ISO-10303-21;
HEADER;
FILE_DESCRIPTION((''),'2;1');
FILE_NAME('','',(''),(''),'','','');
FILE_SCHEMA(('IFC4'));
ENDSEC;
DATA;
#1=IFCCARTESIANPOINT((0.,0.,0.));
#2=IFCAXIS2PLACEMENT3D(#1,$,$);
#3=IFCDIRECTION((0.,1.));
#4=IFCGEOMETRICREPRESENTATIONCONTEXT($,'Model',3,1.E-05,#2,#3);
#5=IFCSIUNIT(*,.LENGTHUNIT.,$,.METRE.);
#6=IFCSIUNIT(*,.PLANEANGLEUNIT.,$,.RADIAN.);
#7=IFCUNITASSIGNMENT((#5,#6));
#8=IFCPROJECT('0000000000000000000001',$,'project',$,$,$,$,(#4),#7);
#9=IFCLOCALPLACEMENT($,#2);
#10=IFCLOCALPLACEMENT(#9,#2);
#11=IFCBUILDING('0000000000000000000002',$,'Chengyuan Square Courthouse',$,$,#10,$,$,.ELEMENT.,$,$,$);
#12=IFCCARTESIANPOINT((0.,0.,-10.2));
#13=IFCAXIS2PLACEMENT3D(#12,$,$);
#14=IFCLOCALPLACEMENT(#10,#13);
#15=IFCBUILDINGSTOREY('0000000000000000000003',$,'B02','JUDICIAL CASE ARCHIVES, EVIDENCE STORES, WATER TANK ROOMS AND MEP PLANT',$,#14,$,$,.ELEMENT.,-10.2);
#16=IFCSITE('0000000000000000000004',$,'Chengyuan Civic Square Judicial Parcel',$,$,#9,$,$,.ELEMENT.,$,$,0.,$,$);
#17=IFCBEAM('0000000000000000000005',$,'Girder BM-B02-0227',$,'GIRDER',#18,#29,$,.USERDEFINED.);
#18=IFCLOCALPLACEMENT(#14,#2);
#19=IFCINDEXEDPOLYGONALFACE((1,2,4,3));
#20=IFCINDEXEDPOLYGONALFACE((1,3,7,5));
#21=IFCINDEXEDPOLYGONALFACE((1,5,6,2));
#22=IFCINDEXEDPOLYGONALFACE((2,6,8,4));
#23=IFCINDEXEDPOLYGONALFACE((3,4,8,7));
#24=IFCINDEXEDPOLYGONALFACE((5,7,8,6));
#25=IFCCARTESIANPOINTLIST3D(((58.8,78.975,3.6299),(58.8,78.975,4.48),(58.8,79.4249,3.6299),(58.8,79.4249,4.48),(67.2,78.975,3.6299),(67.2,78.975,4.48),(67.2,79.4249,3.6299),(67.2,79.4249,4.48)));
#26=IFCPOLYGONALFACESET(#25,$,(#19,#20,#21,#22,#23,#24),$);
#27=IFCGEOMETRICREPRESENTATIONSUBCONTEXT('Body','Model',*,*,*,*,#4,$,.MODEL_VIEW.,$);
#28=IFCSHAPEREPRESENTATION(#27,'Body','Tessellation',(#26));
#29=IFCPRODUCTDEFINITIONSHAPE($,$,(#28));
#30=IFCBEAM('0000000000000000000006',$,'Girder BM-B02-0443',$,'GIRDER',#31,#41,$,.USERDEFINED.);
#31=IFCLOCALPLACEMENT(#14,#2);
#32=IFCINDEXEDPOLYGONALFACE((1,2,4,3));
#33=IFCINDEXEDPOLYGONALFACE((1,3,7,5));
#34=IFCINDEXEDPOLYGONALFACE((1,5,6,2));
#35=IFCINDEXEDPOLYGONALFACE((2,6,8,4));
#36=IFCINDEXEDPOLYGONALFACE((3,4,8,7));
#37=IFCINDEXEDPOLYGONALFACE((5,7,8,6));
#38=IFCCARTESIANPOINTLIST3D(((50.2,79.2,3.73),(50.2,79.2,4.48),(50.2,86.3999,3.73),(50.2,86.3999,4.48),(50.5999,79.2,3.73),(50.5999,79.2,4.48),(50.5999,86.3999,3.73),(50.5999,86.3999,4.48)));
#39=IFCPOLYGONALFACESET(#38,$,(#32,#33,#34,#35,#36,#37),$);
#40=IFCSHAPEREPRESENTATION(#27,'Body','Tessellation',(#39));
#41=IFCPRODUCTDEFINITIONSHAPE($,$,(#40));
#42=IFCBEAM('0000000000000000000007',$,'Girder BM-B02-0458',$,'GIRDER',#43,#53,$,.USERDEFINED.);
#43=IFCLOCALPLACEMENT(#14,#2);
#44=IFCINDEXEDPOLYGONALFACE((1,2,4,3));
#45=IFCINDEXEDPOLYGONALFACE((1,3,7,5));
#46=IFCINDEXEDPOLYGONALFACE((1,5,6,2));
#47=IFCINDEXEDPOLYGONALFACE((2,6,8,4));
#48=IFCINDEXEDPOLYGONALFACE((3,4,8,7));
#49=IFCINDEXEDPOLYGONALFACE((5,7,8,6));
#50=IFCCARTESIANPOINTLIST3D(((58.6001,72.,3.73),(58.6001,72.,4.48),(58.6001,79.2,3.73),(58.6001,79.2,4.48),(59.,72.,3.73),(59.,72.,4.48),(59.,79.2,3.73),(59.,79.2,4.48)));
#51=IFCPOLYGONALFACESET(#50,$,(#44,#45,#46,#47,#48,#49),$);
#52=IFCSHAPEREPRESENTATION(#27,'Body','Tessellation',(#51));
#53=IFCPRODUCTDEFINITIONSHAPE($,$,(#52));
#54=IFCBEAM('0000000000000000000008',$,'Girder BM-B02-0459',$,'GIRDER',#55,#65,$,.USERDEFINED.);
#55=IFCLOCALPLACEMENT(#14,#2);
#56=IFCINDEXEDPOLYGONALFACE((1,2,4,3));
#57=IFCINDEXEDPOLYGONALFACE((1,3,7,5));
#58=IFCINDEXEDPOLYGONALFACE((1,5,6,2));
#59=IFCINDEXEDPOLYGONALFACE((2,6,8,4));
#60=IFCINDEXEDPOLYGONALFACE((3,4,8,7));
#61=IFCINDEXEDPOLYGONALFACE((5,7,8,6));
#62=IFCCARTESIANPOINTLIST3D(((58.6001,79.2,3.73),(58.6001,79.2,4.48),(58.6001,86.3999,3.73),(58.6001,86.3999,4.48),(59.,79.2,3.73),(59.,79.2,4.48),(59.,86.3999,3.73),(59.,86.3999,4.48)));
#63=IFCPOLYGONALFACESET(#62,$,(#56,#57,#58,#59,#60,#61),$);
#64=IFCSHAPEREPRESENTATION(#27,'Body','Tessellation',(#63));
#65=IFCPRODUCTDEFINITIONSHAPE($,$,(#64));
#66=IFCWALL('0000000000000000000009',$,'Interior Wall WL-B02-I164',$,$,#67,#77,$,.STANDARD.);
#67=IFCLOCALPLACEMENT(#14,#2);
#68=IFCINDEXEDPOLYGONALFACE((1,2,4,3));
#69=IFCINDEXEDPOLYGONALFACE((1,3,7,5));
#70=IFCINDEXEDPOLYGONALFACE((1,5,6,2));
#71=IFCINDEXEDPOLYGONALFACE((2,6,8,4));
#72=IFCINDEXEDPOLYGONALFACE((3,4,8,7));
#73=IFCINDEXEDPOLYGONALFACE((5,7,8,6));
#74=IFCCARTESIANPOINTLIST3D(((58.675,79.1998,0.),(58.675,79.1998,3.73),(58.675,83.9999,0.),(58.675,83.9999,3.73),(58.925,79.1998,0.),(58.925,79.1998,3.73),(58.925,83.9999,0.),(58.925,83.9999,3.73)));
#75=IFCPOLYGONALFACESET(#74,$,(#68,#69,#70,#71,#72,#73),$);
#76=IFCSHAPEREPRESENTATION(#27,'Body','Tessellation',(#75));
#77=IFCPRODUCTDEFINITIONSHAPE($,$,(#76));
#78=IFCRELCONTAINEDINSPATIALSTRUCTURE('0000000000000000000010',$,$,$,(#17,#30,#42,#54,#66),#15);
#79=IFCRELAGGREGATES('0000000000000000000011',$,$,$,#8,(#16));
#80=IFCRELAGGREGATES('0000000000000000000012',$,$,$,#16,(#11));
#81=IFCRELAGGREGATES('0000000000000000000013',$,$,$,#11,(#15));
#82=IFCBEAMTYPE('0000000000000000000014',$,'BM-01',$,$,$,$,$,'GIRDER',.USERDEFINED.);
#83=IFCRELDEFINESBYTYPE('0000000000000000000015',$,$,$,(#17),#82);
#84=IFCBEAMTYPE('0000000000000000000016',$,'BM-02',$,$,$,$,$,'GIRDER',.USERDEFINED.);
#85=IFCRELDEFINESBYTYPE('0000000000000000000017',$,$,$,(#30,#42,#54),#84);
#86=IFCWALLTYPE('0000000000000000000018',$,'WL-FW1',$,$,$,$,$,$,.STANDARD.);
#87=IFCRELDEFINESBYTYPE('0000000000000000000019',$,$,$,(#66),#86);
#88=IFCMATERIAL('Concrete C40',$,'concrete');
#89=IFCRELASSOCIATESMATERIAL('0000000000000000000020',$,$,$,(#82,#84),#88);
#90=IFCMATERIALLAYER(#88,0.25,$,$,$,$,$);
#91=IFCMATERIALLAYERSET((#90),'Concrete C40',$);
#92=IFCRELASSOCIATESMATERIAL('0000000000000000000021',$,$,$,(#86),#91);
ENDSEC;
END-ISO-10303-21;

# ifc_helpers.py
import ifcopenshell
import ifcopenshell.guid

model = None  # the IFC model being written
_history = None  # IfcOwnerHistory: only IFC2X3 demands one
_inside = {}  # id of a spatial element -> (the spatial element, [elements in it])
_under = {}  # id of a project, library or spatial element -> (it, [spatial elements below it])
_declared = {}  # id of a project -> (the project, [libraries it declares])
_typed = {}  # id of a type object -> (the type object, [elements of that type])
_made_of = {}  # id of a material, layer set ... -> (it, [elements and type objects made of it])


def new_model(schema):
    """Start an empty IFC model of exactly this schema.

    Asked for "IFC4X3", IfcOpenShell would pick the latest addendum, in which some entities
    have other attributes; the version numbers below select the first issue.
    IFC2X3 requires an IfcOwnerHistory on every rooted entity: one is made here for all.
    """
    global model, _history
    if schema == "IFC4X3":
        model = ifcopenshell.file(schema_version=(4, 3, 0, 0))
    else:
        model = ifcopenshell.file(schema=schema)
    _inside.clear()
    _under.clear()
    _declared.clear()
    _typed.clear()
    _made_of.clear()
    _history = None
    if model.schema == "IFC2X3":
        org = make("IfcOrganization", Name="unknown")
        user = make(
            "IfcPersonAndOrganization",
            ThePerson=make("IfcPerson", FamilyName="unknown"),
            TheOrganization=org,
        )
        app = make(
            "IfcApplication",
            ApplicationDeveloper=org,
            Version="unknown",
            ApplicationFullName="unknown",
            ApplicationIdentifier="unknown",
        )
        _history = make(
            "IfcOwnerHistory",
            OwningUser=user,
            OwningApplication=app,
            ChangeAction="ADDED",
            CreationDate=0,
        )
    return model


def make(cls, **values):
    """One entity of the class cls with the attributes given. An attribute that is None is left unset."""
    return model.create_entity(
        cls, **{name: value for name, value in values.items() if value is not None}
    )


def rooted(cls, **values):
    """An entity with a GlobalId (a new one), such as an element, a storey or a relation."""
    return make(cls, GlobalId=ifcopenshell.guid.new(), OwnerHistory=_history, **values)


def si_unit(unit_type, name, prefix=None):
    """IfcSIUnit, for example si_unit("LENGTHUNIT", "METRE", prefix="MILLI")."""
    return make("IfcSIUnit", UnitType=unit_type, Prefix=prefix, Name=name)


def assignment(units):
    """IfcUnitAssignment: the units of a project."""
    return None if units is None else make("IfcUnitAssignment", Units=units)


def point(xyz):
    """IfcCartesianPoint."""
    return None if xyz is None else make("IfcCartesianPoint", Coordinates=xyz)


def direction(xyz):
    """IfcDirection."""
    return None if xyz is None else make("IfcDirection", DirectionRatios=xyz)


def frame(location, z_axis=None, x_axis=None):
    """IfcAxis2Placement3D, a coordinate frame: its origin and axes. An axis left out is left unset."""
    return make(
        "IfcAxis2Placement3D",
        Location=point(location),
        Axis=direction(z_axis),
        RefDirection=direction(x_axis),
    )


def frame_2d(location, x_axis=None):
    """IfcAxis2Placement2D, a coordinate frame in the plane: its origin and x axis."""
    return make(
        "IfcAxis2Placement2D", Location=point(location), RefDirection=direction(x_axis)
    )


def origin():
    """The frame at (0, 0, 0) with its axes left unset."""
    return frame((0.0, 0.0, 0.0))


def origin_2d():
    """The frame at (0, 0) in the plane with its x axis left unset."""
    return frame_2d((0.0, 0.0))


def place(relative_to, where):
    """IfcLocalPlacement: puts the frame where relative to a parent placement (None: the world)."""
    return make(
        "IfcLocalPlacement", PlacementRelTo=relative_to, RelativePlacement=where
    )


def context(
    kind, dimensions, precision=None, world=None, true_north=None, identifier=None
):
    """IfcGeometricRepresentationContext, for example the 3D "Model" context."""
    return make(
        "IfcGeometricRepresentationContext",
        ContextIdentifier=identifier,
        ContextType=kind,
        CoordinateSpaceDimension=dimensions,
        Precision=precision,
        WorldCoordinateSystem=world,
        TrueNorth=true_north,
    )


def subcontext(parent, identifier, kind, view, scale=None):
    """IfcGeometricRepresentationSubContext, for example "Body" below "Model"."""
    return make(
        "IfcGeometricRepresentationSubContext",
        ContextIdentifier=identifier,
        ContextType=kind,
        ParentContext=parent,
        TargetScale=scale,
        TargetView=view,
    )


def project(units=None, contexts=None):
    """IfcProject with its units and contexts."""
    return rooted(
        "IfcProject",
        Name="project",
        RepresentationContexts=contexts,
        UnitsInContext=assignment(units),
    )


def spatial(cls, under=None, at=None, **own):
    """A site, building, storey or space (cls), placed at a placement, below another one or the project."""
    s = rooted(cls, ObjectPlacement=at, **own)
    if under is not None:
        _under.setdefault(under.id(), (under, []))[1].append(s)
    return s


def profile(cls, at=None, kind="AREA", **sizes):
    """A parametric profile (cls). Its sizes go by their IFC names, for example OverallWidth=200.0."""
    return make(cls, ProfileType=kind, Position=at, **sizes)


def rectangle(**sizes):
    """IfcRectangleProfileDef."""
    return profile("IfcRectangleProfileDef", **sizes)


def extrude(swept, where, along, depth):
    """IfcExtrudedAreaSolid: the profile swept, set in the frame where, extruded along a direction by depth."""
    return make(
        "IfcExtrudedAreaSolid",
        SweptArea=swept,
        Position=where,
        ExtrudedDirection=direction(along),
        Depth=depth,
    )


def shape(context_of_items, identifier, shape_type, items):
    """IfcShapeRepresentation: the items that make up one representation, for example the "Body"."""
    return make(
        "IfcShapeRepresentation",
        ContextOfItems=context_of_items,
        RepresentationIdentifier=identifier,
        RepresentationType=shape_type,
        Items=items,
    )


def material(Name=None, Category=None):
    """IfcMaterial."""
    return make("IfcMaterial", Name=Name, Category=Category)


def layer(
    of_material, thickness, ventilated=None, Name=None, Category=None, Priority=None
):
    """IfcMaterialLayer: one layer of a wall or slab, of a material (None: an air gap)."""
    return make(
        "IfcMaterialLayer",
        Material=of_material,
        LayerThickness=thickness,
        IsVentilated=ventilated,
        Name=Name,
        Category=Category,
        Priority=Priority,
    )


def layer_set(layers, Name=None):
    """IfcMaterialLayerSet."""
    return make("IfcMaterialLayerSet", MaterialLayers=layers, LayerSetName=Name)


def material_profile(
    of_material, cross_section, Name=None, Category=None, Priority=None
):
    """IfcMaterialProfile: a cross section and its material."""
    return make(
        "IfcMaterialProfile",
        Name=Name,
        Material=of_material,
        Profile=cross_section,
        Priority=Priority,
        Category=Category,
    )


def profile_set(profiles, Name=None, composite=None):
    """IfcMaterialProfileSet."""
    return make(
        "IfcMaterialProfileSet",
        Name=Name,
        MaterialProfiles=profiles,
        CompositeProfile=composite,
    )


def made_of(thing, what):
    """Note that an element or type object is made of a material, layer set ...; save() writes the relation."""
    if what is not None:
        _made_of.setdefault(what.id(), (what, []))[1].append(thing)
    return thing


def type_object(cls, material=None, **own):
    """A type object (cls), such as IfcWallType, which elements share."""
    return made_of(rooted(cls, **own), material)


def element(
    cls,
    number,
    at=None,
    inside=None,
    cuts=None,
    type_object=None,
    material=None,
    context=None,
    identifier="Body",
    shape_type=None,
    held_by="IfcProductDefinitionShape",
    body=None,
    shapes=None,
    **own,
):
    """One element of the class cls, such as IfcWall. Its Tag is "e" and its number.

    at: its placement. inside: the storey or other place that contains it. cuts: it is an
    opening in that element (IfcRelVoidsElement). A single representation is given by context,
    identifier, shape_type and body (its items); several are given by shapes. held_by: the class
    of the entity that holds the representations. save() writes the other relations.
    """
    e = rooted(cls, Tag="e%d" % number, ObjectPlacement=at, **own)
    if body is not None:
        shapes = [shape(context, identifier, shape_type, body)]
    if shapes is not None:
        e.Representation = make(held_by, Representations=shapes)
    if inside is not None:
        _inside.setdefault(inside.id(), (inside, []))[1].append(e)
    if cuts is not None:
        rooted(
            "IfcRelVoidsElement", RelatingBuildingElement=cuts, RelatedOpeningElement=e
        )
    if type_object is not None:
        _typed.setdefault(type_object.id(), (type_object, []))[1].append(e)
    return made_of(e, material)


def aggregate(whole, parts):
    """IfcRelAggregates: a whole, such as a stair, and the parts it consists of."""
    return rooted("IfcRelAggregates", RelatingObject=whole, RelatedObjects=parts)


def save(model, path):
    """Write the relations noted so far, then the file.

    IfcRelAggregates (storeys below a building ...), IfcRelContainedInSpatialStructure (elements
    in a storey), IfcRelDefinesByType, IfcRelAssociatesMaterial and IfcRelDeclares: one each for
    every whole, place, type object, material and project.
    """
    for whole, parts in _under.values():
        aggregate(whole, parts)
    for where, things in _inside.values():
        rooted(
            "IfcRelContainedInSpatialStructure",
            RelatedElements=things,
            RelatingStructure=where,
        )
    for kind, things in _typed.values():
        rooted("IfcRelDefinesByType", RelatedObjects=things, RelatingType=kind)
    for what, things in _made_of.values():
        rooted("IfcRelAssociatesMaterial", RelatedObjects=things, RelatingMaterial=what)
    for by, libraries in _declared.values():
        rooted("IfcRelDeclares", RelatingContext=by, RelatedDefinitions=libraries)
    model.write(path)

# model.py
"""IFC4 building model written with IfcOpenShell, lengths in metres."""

from ifc_helpers import new_model, si_unit, direction, frame, frame_2d, origin, origin_2d, place, context, subcontext, project, spatial, rectangle, extrude, material, layer, layer_set, material_profile, profile_set, type_object, element, save


model = new_model("IFC4")

# Units and contexts
model_context = context("Model", 3, precision=1e-05, world=origin(), true_north=direction((0.0, 1.0)))
body_context = subcontext(model_context, "Body", "Model", "MODEL_VIEW")
ifc_project = project(units=[si_unit("LENGTHUNIT", "METRE"), si_unit("PLANEANGLEUNIT", "RADIAN")], contexts=[model_context])

# Site, building, storey
site_placement = place(None, origin())
site = spatial("IfcSite", under=ifc_project, at=site_placement, Name="Chengyuan Civic Square Judicial Parcel", CompositionType="ELEMENT", RefElevation=0.0)
building_placement = place(site_placement, origin())
building = spatial("IfcBuilding", under=site, at=building_placement, Name="Chengyuan Square Courthouse", CompositionType="ELEMENT")
storey_placement = place(building_placement, frame((0.0, 0.0, -10.2)))
storey = spatial("IfcBuildingStorey", under=building, at=storey_placement, Name="B02", Description="JUDICIAL CASE ARCHIVES, EVIDENCE STORES, WATER TANK ROOMS AND MEP PLANT", CompositionType="ELEMENT", Elevation=-10.2)

# Shared definitions
ifc_material_1 = material(Name="Concrete C40", Category="concrete")

# Beams
ifc_material_profile_1 = material_profile(ifc_material_1, rectangle(XDim=0.45, YDim=0.8501, at=origin_2d()), Name="RC-BM-450x850")
ifc_profile_set_1 = profile_set([ifc_material_profile_1], Name="Concrete C40")
beam_type_1 = type_object("IfcBeamType", Name="BM-01", ElementType="GIRDER", PredefinedType="USERDEFINED", material=ifc_profile_set_1)
beam_1_placement = place(storey_placement, frame((58.8, 79.2, 4.0549), z_axis=(1.0, 0.0, 0.0), x_axis=(0.0, 1.0, 0.0)))
element("IfcBeam", 1, at=beam_1_placement, inside=storey, type_object=beam_type_1, Name="Girder BM-B02-0227", ObjectType="GIRDER", PredefinedType="USERDEFINED", context=body_context, shape_type="SweptSolid", body=[
    extrude(rectangle(XDim=0.45, YDim=0.8501, at=origin_2d()), origin(), (0.0, 0.0, 1.0), 8.3999),
])
ifc_material_profile_2 = material_profile(ifc_material_1, rectangle(XDim=0.3999, YDim=0.75, at=origin_2d()), Name="RC-BM-400x750")
ifc_profile_set_2 = profile_set([ifc_material_profile_2], Name="Concrete C40")
beam_type_2 = type_object("IfcBeamType", Name="BM-02", ElementType="GIRDER", PredefinedType="USERDEFINED", material=ifc_profile_set_2)
for number, where, z_axis, x_axis, name in (
    (2, (50.3999, 79.2, 4.105), (0.0, 1.0, 0.0), (-1.0, 0.0, 0.0), "Girder BM-B02-0443"),
    (3, (58.8, 72.0, 4.105), (0.0, 1.0, 0.0), (-1.0, 0.0, 0.0), "Girder BM-B02-0458"),
    (4, (58.8, 79.2, 4.105), (0.0, 1.0, 0.0), (-1.0, 0.0, 0.0), "Girder BM-B02-0459"),
):
    element("IfcBeam", number, at=place(storey_placement, frame(where, z_axis=z_axis, x_axis=x_axis)), inside=storey, type_object=beam_type_2, Name=name, ObjectType="GIRDER", PredefinedType="USERDEFINED", context=body_context, shape_type="SweptSolid", body=[
        extrude(rectangle(XDim=0.3999, YDim=0.75, at=origin_2d()), origin(), (0.0, 0.0, 1.0), 7.2),
    ])

# Wall
ifc_layer = layer(ifc_material_1, 0.25)
ifc_layer_set = layer_set([ifc_layer], Name="Concrete C40")
wall_type = type_object("IfcWallType", Name="WL-FW1", PredefinedType="STANDARD", material=ifc_layer_set)
wall_placement = place(storey_placement, frame((58.8, 79.2, 0.0), z_axis=(0.0, 0.0, 1.0), x_axis=(0.0, 1.0, 0.0)))
element("IfcWall", 5, at=wall_placement, inside=storey, type_object=wall_type, Name="Interior Wall WL-B02-I164", PredefinedType="STANDARD", context=body_context, shape_type="SweptSolid", body=[
    extrude(rectangle(XDim=4.8, YDim=0.25, at=frame_2d((2.3999, 0.0))), origin(), (0.0, 0.0, 1.0), 3.73),
])

save(model, "model.ifc")
